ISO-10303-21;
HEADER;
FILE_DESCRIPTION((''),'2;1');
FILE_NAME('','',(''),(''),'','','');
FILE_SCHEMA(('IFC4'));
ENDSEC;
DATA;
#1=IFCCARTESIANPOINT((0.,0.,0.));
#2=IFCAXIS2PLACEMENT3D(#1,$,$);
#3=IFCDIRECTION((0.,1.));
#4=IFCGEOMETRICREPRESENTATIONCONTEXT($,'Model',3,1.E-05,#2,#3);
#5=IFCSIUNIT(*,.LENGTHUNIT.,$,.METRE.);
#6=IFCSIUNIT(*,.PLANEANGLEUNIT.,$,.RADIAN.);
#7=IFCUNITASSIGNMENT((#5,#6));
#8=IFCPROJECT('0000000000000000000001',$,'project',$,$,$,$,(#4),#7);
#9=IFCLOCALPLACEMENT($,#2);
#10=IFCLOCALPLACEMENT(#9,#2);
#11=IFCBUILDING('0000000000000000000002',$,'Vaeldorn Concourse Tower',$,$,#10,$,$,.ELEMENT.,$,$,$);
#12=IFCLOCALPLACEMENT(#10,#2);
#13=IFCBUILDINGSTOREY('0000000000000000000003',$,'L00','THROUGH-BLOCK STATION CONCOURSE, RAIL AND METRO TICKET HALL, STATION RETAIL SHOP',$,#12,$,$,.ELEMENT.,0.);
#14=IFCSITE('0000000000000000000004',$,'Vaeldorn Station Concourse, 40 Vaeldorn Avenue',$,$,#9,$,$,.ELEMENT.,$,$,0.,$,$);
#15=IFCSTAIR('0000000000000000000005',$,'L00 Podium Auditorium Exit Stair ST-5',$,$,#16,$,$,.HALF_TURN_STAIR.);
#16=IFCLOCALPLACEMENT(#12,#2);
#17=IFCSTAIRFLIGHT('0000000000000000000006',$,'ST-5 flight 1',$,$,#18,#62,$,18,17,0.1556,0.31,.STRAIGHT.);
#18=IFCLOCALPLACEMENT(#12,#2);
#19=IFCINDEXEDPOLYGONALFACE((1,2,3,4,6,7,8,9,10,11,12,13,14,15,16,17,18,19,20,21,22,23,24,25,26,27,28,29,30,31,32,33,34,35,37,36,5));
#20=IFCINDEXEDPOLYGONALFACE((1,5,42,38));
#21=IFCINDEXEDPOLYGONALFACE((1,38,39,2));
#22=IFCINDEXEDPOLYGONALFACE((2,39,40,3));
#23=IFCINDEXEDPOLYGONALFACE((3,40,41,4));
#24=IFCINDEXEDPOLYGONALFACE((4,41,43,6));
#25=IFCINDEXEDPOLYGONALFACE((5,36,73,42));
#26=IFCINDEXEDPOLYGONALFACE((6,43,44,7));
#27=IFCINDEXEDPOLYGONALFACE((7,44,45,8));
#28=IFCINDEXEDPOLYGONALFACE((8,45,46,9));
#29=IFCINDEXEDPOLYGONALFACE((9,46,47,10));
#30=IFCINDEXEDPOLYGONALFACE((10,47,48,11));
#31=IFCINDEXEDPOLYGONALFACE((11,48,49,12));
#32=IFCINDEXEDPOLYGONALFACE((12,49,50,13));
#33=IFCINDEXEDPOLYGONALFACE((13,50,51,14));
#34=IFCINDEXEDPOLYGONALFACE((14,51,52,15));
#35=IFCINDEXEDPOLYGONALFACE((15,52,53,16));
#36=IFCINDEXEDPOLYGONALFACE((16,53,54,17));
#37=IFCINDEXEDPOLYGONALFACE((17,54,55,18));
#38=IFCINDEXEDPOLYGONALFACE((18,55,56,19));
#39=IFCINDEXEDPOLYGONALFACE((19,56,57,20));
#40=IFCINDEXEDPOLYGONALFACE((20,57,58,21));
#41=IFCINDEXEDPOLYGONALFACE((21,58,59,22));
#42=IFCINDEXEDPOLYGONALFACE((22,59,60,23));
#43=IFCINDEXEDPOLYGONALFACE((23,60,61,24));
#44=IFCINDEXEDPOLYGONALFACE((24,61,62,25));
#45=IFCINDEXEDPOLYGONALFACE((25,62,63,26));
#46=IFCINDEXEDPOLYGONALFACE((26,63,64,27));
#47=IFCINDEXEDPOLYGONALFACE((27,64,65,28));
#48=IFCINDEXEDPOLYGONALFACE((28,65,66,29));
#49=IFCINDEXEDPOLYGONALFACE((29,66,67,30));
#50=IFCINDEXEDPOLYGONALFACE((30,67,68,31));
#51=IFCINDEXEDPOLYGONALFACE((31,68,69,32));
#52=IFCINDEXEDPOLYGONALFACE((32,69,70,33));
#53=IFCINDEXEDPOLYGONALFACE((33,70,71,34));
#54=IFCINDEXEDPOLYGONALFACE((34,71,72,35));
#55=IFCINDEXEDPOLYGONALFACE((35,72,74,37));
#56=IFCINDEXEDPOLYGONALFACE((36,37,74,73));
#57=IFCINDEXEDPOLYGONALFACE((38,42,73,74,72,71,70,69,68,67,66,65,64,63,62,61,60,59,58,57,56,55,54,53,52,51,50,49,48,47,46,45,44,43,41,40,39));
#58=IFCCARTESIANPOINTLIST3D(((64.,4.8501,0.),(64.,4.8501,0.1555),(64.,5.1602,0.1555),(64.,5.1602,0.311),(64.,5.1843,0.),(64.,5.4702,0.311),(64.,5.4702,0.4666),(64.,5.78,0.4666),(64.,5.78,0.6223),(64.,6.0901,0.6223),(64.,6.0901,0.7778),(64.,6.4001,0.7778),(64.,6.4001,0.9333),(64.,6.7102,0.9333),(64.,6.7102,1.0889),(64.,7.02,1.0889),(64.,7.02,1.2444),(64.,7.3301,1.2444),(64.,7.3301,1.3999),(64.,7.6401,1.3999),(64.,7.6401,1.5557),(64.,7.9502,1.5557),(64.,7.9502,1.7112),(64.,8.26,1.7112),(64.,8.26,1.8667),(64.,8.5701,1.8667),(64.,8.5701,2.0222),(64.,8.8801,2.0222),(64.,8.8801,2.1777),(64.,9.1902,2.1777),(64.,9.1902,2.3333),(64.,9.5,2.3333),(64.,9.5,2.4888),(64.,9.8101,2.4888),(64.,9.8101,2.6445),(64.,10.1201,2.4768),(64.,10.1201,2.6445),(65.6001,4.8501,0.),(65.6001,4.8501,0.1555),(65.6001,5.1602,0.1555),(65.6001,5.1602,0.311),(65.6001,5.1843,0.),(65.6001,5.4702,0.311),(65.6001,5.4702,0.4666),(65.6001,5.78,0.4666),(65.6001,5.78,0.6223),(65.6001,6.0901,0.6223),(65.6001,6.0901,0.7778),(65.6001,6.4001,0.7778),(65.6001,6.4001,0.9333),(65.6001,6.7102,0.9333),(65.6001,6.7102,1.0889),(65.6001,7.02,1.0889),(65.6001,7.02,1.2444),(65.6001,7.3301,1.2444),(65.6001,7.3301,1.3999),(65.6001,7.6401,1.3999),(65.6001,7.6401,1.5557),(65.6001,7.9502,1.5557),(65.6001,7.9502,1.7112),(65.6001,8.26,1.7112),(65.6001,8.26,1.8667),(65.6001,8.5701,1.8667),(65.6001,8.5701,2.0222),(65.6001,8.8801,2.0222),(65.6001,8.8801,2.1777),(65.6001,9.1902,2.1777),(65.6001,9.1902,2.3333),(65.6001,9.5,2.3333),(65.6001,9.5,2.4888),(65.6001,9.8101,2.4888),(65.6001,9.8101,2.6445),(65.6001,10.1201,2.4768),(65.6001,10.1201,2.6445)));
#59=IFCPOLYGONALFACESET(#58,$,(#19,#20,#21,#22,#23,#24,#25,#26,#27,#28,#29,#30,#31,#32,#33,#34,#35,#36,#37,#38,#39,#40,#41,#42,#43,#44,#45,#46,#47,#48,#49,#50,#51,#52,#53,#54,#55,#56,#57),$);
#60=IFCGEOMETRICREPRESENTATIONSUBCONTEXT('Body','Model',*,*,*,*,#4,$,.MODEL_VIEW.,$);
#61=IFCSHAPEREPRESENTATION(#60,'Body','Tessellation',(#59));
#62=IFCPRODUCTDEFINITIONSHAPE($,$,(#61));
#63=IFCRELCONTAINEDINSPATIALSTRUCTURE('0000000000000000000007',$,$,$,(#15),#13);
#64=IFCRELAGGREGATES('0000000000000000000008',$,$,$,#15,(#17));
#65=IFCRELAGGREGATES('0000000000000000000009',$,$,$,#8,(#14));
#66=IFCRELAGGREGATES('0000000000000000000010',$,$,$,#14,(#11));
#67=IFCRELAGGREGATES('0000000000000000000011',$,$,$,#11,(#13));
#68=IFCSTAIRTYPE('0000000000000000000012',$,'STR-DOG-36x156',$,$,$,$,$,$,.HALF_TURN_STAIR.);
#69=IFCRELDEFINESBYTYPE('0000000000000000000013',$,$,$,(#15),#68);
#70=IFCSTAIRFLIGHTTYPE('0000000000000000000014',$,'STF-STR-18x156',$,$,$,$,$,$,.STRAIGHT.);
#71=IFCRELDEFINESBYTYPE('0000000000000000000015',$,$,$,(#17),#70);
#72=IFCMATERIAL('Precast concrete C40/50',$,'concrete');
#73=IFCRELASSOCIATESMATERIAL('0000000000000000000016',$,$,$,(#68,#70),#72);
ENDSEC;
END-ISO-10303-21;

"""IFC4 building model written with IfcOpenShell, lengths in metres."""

from ifc_helpers import new_model, si_unit, direction, frame, origin, place, context, subcontext, project, spatial, polyline, outline, extrude, material, type_object, element, aggregate, save


model = new_model("IFC4")

# Units and contexts
model_context = context("Model", 3, precision=1e-05, world=origin(), true_north=direction((0.0, 1.0)))
body_context = subcontext(model_context, "Body", "Model", "MODEL_VIEW")
ifc_project = project(units=[si_unit("LENGTHUNIT", "METRE"), si_unit("PLANEANGLEUNIT", "RADIAN")], contexts=[model_context])

# Site, building, storey
site_placement = place(None, origin())
site = spatial("IfcSite", under=ifc_project, at=site_placement, Name="Vaeldorn Station Concourse, 40 Vaeldorn Avenue", CompositionType="ELEMENT", RefElevation=0.0)
building_placement = place(site_placement, origin())
building = spatial("IfcBuilding", under=site, at=building_placement, Name="Vaeldorn Concourse Tower", CompositionType="ELEMENT")
storey_placement = place(building_placement, origin())
storey = spatial("IfcBuildingStorey", under=building, at=storey_placement, Name="L00", Description="THROUGH-BLOCK STATION CONCOURSE, RAIL AND METRO TICKET HALL, STATION RETAIL SHOP", CompositionType="ELEMENT", Elevation=0.0)

# Shared definitions
ifc_material_1 = material(Name="Precast concrete C40/50", Category="concrete")

# Stair, stair flight
stair_type = type_object("IfcStairType", Name="STR-DOG-36x156", PredefinedType="HALF_TURN_STAIR", material=ifc_material_1)
stair_placement = place(storey_placement, origin())
stair = element("IfcStair", 1, at=stair_placement, inside=storey, type_object=stair_type, Name="L00 Podium Auditorium Exit Stair ST-5", PredefinedType="HALF_TURN_STAIR")
stair_flight_type = type_object("IfcStairFlightType", Name="STF-STR-18x156", PredefinedType="STRAIGHT", material=ifc_material_1)
stair_flight_placement = place(storey_placement, frame((64.8, 4.8501, 0.0), z_axis=(0.0, 0.0, 1.0), x_axis=(0.0, 1.0, 0.0)))
stair_flight = element("IfcStairFlight", 2, at=stair_flight_placement, type_object=stair_flight_type, Name="ST-5 flight 1", NumberOfRisers=18, NumberOfTreads=17, PredefinedType="STRAIGHT", RiserHeight=0.1556, TreadLength=0.31, context=body_context, shape_type="SweptSolid", body=[
    extrude(outline(polyline([(0.0, 0.0), (0.0, 0.1555), (0.3101, 0.1555), (0.3101, 0.311), (0.6201, 0.311), (0.6201, 0.4666), (0.9299, 0.4666), (0.9299, 0.6223), (1.24, 0.6223), (1.24, 0.7778), (1.55, 0.7778), (1.55, 0.9333), (1.8601, 0.9333), (1.8601, 1.0889), (2.1699, 1.0889), (2.1699, 1.2444), (2.48, 1.2444), (2.48, 1.3999), (2.79, 1.3999), (2.79, 1.5557), (3.1001, 1.5557), (3.1001, 1.7112), (3.4099, 1.7112), (3.4099, 1.8667), (3.72, 1.8667), (3.72, 2.0222), (4.03, 2.0222), (4.03, 2.1777), (4.3401, 2.1777), (4.3401, 2.3333), (4.6499, 2.3333), (4.6499, 2.4888), (4.96, 2.4888), (4.96, 2.6445), (5.27, 2.6445), (5.27, 2.8), (5.27, 2.4768), (0.3342, 0.0), (0.0, 0.0)])), frame((0.0, 0.8, 0.0), z_axis=(0.0, -1.0, 0.0), x_axis=(1.0, 0.0, 0.0)), (0.0, 0.0, 1.0), 1.6001),
])
aggregate(stair, [stair_flight])

save(model, "model.ifc")
